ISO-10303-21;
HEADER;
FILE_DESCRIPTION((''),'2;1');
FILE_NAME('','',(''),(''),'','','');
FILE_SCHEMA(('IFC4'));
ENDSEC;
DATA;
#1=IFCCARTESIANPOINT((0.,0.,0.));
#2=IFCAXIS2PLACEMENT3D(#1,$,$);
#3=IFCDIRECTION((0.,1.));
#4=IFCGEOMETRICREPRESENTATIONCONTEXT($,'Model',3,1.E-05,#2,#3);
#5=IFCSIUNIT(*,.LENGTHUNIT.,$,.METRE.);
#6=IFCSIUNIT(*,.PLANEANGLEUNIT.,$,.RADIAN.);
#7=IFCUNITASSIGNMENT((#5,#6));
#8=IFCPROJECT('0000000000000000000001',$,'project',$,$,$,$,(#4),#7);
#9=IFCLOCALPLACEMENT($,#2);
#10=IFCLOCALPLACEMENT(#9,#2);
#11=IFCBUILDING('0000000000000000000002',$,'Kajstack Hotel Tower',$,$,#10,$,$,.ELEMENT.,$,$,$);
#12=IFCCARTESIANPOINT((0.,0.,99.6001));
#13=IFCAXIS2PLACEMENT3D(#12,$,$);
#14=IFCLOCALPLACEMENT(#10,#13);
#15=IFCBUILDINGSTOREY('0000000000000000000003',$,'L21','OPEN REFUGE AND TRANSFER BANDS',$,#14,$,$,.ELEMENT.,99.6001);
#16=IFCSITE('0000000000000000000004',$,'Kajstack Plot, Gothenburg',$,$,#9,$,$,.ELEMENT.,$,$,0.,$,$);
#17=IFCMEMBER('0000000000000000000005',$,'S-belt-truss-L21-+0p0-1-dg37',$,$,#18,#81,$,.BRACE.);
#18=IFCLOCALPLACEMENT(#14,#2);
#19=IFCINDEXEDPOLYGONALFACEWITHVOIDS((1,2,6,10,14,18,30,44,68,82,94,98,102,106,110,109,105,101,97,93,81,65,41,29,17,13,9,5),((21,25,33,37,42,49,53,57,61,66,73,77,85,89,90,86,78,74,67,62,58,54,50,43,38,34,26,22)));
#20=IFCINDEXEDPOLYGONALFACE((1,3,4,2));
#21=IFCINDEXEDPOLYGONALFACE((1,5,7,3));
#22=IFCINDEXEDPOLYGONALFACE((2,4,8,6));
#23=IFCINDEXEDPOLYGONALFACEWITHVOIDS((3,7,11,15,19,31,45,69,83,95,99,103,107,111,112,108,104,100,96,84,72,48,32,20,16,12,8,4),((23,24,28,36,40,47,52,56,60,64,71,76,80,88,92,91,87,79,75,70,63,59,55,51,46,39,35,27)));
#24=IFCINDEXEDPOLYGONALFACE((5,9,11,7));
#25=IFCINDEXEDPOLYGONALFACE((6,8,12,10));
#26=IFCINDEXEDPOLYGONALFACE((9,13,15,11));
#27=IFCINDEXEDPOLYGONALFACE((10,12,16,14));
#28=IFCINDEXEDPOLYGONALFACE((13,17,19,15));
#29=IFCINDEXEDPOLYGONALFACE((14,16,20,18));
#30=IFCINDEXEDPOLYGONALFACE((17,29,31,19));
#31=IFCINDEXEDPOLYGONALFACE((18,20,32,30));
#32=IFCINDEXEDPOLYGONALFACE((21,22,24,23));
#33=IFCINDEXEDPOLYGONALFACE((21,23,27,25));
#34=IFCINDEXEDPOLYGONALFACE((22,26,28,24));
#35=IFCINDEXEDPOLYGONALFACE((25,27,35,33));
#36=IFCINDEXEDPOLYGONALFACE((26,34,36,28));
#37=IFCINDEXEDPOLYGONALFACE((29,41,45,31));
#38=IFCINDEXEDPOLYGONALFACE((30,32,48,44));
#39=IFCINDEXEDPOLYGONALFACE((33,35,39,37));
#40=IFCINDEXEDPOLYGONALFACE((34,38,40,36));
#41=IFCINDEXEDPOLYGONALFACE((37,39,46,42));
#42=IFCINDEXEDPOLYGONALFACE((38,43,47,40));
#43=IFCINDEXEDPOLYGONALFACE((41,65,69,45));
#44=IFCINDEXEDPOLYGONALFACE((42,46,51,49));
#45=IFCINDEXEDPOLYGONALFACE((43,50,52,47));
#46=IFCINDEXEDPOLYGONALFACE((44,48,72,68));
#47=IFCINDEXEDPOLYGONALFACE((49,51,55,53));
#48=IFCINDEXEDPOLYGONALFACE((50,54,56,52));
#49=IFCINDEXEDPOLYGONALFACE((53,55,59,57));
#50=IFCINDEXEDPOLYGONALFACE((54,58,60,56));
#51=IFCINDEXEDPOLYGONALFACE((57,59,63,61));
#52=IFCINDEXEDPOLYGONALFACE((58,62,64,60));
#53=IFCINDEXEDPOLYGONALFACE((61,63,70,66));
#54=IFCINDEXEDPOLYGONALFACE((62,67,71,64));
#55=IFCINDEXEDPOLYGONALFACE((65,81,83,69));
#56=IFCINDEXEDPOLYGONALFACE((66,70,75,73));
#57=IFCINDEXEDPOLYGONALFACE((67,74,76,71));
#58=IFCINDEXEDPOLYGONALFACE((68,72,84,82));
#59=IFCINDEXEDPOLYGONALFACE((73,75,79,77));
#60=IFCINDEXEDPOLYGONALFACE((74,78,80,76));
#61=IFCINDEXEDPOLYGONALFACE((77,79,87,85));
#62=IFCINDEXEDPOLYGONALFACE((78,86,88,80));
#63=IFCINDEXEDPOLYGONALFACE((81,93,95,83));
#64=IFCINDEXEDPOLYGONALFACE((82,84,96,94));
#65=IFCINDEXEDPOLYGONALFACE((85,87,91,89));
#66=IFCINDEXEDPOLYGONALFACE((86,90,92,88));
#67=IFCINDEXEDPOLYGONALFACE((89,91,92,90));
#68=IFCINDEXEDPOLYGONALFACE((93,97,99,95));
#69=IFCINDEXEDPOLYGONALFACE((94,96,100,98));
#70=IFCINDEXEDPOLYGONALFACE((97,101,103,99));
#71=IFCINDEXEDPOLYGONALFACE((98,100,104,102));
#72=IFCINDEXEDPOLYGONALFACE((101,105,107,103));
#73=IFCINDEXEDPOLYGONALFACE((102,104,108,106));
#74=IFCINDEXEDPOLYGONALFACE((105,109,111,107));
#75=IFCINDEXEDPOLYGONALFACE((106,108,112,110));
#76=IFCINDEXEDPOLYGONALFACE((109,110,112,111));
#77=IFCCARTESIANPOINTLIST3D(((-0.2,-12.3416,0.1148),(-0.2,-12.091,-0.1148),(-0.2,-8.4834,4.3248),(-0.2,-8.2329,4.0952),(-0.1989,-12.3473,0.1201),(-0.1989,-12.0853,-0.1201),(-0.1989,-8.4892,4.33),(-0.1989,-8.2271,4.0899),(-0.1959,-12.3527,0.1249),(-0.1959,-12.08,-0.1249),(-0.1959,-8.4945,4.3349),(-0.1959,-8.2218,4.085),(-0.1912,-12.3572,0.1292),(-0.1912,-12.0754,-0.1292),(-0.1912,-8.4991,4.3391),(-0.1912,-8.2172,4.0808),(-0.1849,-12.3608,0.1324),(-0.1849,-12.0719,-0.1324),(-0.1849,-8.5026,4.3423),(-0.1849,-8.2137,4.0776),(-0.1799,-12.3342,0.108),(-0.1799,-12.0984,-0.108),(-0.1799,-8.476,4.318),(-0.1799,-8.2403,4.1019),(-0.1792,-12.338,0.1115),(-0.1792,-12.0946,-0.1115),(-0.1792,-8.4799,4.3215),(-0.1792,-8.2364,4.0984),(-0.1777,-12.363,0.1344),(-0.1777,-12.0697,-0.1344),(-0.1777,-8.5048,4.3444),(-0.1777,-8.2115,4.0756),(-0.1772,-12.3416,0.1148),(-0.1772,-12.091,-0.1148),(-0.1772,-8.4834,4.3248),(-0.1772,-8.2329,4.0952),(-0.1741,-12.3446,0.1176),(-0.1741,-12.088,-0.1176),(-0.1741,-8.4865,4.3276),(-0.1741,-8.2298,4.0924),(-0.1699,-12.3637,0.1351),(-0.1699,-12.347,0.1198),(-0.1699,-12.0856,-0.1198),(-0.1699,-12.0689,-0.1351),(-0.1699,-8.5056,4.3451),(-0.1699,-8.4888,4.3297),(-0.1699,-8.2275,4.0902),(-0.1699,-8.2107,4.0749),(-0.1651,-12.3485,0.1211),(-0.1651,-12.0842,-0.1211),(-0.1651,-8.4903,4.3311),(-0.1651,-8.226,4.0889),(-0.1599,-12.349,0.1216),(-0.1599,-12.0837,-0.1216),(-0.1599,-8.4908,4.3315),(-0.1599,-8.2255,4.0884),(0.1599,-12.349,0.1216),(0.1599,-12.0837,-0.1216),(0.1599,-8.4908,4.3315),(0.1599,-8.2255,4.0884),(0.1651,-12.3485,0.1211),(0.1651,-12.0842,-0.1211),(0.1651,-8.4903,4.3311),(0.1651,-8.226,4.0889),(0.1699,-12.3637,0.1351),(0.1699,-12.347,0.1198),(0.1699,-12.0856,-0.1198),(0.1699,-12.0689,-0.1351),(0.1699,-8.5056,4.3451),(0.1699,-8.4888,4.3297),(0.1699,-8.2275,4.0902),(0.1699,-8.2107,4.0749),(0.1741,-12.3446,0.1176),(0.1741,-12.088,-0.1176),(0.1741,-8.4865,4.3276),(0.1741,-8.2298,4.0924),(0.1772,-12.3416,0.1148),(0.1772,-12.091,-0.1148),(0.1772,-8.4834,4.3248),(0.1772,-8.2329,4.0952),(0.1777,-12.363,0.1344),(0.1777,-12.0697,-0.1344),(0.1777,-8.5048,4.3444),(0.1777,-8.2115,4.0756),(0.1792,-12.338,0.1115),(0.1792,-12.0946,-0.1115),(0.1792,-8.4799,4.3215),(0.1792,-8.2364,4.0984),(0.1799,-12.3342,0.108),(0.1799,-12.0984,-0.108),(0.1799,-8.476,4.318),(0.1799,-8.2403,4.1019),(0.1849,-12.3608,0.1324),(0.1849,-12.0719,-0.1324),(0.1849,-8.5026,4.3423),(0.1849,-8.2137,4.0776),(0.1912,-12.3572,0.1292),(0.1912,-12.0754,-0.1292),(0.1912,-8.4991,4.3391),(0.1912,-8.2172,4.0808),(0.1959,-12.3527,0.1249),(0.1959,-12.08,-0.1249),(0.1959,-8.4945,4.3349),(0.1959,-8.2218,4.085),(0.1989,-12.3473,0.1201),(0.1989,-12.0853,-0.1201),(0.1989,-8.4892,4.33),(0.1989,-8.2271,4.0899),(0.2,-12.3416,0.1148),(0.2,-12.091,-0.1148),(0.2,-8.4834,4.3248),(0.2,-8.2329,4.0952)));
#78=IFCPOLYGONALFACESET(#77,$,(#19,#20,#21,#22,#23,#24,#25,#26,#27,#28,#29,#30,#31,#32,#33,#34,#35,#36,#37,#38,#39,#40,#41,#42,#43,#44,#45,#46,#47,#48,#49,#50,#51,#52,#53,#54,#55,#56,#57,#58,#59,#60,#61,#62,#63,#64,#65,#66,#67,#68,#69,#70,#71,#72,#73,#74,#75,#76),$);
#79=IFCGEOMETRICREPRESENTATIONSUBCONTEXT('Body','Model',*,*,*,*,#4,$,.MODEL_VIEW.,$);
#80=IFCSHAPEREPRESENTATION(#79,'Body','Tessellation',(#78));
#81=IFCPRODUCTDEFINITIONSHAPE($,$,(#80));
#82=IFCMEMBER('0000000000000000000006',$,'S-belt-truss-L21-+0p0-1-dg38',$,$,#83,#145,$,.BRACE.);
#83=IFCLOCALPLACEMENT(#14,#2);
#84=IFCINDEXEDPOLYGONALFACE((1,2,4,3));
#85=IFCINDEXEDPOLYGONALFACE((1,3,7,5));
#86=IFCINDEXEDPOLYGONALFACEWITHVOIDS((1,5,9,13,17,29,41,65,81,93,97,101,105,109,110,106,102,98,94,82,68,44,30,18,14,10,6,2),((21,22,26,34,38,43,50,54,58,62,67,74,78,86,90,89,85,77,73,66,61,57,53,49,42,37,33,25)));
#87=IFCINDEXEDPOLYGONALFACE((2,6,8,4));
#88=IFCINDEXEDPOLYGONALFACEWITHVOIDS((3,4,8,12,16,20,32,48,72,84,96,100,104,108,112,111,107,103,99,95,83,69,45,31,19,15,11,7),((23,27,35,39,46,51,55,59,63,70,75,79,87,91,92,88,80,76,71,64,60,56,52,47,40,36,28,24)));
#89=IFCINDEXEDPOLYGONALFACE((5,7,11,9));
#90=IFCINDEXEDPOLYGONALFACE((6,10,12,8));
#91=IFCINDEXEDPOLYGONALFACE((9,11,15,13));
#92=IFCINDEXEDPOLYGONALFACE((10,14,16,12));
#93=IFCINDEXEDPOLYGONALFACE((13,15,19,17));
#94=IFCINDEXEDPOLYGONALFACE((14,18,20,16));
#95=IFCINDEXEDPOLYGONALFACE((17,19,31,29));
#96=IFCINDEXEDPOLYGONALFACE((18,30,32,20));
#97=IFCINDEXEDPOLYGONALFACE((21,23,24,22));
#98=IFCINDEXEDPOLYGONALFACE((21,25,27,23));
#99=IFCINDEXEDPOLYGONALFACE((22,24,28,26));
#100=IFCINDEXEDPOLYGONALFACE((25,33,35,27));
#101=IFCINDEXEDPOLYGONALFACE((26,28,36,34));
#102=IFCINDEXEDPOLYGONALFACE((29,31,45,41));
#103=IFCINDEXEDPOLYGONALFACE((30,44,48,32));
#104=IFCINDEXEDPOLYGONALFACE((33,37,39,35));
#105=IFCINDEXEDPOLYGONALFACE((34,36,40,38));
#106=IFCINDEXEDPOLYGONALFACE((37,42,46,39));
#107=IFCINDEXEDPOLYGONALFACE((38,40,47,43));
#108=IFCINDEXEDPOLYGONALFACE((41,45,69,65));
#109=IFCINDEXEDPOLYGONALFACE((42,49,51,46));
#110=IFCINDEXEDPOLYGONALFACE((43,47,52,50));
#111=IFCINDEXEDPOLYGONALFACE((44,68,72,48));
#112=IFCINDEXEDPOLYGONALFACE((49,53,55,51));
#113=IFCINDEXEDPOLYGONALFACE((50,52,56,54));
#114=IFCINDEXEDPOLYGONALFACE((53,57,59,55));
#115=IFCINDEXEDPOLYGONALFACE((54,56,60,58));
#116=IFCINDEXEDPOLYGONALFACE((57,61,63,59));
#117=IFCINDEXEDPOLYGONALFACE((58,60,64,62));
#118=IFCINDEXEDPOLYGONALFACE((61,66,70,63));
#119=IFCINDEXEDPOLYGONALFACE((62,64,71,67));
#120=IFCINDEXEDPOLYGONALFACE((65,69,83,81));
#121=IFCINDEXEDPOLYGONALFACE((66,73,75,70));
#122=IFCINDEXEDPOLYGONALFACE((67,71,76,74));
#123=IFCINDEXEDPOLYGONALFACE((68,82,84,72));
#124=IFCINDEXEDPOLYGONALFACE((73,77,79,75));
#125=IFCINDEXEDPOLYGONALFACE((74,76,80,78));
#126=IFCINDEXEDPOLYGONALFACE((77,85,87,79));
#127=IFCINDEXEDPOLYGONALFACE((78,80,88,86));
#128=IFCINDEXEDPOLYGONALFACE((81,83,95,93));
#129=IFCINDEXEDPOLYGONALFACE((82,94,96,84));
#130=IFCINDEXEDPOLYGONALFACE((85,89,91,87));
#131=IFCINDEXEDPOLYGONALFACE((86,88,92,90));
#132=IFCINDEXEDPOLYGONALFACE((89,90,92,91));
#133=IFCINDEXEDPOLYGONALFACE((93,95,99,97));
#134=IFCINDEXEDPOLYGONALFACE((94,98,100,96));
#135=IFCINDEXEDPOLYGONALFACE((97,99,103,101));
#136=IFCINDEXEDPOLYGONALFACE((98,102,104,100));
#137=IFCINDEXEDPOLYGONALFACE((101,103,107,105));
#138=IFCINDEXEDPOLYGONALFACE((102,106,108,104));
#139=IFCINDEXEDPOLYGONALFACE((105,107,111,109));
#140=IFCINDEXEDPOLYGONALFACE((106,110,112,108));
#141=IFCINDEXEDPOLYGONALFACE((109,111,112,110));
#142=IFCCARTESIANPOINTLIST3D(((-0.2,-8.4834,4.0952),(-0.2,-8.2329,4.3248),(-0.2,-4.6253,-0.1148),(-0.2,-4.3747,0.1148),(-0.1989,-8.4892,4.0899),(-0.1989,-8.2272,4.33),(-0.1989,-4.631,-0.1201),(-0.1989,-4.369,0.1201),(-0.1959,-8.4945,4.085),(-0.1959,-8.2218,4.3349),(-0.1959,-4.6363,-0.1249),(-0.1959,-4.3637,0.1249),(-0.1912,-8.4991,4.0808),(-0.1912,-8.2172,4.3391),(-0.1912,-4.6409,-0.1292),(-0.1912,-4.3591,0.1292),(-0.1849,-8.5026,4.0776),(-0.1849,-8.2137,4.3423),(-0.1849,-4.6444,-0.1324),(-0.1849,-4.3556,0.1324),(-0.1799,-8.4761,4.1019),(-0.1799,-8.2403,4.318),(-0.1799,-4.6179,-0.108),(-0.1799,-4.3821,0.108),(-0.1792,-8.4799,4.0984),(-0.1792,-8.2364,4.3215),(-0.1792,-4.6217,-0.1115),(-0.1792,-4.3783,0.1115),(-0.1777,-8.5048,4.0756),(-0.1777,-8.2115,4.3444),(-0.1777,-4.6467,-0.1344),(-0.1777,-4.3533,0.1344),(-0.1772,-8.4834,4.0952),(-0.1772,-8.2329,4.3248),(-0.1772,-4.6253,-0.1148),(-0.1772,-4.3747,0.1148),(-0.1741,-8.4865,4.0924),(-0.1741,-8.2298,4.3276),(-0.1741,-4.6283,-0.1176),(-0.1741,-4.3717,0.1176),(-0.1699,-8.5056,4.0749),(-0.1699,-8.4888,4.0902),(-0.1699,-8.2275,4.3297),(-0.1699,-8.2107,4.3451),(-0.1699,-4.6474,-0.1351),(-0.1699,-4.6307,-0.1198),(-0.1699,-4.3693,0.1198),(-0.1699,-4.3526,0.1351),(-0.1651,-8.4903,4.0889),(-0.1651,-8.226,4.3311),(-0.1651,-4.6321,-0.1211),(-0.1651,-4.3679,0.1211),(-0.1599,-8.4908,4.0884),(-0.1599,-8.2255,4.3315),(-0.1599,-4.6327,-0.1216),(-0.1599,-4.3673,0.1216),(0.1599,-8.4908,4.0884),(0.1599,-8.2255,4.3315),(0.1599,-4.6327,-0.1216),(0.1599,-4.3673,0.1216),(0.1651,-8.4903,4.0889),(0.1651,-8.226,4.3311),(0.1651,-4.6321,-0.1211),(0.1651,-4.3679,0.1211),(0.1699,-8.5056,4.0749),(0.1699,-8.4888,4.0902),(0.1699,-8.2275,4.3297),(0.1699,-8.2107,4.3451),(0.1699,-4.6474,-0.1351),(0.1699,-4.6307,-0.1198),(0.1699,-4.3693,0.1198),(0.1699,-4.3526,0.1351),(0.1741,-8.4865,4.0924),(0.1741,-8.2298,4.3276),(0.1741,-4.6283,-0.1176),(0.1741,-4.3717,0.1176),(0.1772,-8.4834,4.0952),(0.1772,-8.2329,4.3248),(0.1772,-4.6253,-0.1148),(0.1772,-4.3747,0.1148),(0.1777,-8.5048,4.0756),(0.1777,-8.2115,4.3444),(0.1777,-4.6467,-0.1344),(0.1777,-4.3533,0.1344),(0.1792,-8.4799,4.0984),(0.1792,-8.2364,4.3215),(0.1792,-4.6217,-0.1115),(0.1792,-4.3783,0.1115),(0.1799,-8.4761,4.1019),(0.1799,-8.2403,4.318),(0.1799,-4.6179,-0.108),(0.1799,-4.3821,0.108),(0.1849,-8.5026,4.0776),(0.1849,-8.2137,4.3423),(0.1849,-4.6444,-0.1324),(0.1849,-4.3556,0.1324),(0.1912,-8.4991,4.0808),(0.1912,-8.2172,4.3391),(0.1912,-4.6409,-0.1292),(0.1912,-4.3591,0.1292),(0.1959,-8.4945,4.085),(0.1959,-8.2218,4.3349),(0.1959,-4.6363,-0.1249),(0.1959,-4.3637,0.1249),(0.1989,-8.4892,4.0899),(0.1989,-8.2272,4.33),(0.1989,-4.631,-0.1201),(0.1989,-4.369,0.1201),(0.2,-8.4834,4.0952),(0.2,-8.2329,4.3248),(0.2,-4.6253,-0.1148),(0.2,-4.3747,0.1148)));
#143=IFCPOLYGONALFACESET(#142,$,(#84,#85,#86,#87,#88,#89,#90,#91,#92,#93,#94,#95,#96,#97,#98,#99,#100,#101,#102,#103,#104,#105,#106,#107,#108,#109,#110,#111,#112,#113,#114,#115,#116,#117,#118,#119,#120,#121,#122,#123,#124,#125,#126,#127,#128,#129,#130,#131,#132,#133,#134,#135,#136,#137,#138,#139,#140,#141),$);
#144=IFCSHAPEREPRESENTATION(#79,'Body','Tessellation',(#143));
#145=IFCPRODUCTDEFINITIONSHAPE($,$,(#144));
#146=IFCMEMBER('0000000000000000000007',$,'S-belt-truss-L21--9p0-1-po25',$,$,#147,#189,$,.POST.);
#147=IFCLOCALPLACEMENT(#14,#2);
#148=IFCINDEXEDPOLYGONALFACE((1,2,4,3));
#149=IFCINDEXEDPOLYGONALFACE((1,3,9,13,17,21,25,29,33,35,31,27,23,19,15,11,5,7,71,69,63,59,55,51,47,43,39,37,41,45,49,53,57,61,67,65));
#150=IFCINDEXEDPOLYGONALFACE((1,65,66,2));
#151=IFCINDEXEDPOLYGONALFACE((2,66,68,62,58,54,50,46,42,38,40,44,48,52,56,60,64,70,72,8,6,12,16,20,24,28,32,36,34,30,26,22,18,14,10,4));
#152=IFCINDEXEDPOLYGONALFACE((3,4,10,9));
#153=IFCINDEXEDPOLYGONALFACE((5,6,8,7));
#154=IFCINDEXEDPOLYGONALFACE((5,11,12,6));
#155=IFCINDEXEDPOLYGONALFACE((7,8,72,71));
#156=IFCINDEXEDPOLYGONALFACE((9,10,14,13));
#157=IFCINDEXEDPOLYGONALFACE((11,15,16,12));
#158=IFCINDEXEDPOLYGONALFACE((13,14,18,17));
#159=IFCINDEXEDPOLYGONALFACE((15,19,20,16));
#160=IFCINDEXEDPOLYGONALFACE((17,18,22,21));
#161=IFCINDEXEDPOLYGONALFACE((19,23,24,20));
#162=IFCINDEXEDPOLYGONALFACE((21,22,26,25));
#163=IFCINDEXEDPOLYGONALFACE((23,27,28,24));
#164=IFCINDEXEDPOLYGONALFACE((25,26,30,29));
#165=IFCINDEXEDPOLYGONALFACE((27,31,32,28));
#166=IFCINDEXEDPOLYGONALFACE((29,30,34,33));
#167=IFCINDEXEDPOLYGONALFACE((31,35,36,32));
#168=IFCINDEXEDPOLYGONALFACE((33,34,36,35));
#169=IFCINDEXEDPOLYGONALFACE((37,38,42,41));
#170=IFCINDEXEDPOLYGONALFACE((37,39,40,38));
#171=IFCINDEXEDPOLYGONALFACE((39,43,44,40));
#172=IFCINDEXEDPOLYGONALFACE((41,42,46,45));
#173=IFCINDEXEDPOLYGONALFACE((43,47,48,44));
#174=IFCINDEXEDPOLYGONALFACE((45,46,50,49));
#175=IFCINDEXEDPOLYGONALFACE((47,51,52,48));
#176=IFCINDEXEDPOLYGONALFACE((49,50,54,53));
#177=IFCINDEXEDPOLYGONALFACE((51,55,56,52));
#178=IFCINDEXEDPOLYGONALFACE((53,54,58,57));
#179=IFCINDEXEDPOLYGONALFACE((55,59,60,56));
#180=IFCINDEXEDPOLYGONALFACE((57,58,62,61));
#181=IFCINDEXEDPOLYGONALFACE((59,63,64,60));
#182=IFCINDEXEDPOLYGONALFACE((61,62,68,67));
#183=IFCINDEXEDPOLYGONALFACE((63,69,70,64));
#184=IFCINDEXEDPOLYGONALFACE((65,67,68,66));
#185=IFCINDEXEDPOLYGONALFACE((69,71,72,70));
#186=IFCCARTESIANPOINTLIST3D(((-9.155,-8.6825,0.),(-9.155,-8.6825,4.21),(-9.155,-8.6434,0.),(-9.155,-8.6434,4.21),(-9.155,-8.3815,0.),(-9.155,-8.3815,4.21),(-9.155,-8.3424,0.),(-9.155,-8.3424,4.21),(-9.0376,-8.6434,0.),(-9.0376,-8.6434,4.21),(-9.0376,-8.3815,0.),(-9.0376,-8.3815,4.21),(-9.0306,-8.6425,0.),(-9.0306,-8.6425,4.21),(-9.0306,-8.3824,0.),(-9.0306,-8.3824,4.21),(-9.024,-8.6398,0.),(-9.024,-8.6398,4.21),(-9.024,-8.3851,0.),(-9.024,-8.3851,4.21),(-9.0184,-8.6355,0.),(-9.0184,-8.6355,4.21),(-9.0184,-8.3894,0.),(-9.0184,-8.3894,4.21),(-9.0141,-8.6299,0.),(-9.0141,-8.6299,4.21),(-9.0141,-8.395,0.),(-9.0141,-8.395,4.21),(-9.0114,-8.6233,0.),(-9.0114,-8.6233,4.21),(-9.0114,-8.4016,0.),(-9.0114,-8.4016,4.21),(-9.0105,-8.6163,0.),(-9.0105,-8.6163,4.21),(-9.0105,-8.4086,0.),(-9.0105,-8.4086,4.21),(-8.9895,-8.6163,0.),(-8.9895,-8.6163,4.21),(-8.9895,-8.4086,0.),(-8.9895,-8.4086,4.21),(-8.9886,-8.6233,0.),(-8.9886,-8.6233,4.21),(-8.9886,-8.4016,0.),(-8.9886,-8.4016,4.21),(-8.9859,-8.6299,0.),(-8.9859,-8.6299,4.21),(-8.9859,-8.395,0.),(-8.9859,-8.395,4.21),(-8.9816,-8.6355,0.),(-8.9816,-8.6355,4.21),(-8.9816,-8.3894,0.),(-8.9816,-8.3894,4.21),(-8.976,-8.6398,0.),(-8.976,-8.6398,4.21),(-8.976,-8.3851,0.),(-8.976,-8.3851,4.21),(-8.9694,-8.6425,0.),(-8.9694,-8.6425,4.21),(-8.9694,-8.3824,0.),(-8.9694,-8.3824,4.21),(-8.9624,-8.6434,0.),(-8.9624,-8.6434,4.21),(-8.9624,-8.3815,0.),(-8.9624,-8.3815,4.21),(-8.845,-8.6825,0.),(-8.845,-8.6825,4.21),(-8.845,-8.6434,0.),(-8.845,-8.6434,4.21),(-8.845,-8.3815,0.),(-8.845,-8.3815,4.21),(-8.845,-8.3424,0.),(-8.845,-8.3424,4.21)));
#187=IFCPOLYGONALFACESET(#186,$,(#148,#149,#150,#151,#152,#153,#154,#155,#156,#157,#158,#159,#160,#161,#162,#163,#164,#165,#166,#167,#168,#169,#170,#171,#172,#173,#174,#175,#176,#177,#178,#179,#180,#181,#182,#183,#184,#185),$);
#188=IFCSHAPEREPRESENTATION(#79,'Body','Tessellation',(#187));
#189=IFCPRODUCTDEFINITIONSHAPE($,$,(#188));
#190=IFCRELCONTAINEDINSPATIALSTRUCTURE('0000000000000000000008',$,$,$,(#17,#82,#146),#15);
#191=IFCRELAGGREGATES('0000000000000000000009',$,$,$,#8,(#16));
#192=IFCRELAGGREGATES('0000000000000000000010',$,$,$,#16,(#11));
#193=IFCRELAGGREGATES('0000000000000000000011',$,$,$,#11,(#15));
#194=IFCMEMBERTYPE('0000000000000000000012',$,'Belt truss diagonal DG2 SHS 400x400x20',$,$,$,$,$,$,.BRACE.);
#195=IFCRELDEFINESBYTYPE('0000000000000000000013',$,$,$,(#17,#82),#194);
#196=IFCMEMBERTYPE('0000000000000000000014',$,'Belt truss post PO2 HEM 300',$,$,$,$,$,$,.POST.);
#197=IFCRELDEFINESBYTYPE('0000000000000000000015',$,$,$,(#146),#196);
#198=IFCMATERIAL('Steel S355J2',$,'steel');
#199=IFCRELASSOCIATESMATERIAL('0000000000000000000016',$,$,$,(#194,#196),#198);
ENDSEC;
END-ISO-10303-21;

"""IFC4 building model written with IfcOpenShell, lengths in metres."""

from ifc_helpers import new_model, si_unit, direction, frame, origin, origin_2d, place, context, subcontext, project, spatial, hollow_rectangle, i_section, extrude, material, material_profile, profile_set, type_object, element, save


model = new_model("IFC4")

# Units and contexts
model_context = context("Model", 3, precision=1e-05, world=origin(), true_north=direction((0.0, 1.0)))
body_context = subcontext(model_context, "Body", "Model", "MODEL_VIEW")
ifc_project = project(units=[si_unit("LENGTHUNIT", "METRE"), si_unit("PLANEANGLEUNIT", "RADIAN")], contexts=[model_context])

# Site, building, storey
site_placement = place(None, origin())
site = spatial("IfcSite", under=ifc_project, at=site_placement, Name="Kajstack Plot, Gothenburg", CompositionType="ELEMENT", RefElevation=0.0)
building_placement = place(site_placement, origin())
building = spatial("IfcBuilding", under=site, at=building_placement, Name="Kajstack Hotel Tower", CompositionType="ELEMENT")
storey_placement = place(building_placement, frame((0.0, 0.0, 99.6001)))
storey = spatial("IfcBuildingStorey", under=building, at=storey_placement, Name="L21", Description="OPEN REFUGE AND TRANSFER BANDS", CompositionType="ELEMENT", Elevation=99.6001)

# Members
ifc_material_1 = material(Name="Steel S355J2", Category="steel")
ifc_material_profile_1 = material_profile(ifc_material_1, hollow_rectangle(XDim=0.3999, YDim=0.3999, WallThickness=0.02, InnerFilletRadius=0.02, OuterFilletRadius=0.03, at=origin_2d()), Name="SHS 400x400x20")
ifc_profile_set_1 = profile_set([ifc_material_profile_1], Name="Steel S355J2")
member_type_1 = type_object("IfcMemberType", Name="Belt truss diagonal DG2 SHS 400x400x20", PredefinedType="BRACE", material=ifc_profile_set_1)
for number, where, z_axis, x_axis, name in (
    (1, (0.0, -12.2163, 0.0), (0.0, 0.675632, 0.737239), (-1.0, 0.0, 0.0), "S-belt-truss-L21-+0p0-1-dg37"),
    (2, (0.0, -4.5, 0.0), (0.0, -0.675632, 0.737239), (1.0, 0.0, 0.0), "S-belt-truss-L21-+0p0-1-dg38"),
):
    element("IfcMember", number, at=place(storey_placement, frame(where, z_axis=z_axis, x_axis=x_axis)), inside=storey, type_object=member_type_1, Name=name, PredefinedType="BRACE", context=body_context, shape_type="SweptSolid", body=[
        extrude(hollow_rectangle(XDim=0.3999, YDim=0.3999, WallThickness=0.02, InnerFilletRadius=0.02, OuterFilletRadius=0.03, at=origin_2d()), origin(), (0.0, 0.0, 1.0), 5.7104),
    ])
ifc_material_profile_2 = material_profile(ifc_material_1, i_section(OverallWidth=0.3101, OverallDepth=0.3401, WebThickness=0.021, FlangeThickness=0.0391, FilletRadius=0.0271, at=origin_2d()), Name="HEM 300")
ifc_profile_set_2 = profile_set([ifc_material_profile_2], Name="Steel S355J2")
member_type_2 = type_object("IfcMemberType", Name="Belt truss post PO2 HEM 300", PredefinedType="POST", material=ifc_profile_set_2)
for number, where, z_axis, x_axis, name in (
    (3, (-9.0, -8.5125, 0.0), (0.0, 0.0, 1.0), (1.0, 0.0, 0.0), "S-belt-truss-L21--9p0-1-po25"),
):
    element("IfcMember", number, at=place(storey_placement, frame(where, z_axis=z_axis, x_axis=x_axis)), inside=storey, type_object=member_type_2, Name=name, PredefinedType="POST", context=body_context, shape_type="SweptSolid", body=[
        extrude(i_section(OverallWidth=0.3101, OverallDepth=0.3401, WebThickness=0.021, FlangeThickness=0.0391, FilletRadius=0.0271, at=origin_2d()), origin(), (0.0, 0.0, 1.0), 4.21),
    ])

save(model, "model.ifc")
